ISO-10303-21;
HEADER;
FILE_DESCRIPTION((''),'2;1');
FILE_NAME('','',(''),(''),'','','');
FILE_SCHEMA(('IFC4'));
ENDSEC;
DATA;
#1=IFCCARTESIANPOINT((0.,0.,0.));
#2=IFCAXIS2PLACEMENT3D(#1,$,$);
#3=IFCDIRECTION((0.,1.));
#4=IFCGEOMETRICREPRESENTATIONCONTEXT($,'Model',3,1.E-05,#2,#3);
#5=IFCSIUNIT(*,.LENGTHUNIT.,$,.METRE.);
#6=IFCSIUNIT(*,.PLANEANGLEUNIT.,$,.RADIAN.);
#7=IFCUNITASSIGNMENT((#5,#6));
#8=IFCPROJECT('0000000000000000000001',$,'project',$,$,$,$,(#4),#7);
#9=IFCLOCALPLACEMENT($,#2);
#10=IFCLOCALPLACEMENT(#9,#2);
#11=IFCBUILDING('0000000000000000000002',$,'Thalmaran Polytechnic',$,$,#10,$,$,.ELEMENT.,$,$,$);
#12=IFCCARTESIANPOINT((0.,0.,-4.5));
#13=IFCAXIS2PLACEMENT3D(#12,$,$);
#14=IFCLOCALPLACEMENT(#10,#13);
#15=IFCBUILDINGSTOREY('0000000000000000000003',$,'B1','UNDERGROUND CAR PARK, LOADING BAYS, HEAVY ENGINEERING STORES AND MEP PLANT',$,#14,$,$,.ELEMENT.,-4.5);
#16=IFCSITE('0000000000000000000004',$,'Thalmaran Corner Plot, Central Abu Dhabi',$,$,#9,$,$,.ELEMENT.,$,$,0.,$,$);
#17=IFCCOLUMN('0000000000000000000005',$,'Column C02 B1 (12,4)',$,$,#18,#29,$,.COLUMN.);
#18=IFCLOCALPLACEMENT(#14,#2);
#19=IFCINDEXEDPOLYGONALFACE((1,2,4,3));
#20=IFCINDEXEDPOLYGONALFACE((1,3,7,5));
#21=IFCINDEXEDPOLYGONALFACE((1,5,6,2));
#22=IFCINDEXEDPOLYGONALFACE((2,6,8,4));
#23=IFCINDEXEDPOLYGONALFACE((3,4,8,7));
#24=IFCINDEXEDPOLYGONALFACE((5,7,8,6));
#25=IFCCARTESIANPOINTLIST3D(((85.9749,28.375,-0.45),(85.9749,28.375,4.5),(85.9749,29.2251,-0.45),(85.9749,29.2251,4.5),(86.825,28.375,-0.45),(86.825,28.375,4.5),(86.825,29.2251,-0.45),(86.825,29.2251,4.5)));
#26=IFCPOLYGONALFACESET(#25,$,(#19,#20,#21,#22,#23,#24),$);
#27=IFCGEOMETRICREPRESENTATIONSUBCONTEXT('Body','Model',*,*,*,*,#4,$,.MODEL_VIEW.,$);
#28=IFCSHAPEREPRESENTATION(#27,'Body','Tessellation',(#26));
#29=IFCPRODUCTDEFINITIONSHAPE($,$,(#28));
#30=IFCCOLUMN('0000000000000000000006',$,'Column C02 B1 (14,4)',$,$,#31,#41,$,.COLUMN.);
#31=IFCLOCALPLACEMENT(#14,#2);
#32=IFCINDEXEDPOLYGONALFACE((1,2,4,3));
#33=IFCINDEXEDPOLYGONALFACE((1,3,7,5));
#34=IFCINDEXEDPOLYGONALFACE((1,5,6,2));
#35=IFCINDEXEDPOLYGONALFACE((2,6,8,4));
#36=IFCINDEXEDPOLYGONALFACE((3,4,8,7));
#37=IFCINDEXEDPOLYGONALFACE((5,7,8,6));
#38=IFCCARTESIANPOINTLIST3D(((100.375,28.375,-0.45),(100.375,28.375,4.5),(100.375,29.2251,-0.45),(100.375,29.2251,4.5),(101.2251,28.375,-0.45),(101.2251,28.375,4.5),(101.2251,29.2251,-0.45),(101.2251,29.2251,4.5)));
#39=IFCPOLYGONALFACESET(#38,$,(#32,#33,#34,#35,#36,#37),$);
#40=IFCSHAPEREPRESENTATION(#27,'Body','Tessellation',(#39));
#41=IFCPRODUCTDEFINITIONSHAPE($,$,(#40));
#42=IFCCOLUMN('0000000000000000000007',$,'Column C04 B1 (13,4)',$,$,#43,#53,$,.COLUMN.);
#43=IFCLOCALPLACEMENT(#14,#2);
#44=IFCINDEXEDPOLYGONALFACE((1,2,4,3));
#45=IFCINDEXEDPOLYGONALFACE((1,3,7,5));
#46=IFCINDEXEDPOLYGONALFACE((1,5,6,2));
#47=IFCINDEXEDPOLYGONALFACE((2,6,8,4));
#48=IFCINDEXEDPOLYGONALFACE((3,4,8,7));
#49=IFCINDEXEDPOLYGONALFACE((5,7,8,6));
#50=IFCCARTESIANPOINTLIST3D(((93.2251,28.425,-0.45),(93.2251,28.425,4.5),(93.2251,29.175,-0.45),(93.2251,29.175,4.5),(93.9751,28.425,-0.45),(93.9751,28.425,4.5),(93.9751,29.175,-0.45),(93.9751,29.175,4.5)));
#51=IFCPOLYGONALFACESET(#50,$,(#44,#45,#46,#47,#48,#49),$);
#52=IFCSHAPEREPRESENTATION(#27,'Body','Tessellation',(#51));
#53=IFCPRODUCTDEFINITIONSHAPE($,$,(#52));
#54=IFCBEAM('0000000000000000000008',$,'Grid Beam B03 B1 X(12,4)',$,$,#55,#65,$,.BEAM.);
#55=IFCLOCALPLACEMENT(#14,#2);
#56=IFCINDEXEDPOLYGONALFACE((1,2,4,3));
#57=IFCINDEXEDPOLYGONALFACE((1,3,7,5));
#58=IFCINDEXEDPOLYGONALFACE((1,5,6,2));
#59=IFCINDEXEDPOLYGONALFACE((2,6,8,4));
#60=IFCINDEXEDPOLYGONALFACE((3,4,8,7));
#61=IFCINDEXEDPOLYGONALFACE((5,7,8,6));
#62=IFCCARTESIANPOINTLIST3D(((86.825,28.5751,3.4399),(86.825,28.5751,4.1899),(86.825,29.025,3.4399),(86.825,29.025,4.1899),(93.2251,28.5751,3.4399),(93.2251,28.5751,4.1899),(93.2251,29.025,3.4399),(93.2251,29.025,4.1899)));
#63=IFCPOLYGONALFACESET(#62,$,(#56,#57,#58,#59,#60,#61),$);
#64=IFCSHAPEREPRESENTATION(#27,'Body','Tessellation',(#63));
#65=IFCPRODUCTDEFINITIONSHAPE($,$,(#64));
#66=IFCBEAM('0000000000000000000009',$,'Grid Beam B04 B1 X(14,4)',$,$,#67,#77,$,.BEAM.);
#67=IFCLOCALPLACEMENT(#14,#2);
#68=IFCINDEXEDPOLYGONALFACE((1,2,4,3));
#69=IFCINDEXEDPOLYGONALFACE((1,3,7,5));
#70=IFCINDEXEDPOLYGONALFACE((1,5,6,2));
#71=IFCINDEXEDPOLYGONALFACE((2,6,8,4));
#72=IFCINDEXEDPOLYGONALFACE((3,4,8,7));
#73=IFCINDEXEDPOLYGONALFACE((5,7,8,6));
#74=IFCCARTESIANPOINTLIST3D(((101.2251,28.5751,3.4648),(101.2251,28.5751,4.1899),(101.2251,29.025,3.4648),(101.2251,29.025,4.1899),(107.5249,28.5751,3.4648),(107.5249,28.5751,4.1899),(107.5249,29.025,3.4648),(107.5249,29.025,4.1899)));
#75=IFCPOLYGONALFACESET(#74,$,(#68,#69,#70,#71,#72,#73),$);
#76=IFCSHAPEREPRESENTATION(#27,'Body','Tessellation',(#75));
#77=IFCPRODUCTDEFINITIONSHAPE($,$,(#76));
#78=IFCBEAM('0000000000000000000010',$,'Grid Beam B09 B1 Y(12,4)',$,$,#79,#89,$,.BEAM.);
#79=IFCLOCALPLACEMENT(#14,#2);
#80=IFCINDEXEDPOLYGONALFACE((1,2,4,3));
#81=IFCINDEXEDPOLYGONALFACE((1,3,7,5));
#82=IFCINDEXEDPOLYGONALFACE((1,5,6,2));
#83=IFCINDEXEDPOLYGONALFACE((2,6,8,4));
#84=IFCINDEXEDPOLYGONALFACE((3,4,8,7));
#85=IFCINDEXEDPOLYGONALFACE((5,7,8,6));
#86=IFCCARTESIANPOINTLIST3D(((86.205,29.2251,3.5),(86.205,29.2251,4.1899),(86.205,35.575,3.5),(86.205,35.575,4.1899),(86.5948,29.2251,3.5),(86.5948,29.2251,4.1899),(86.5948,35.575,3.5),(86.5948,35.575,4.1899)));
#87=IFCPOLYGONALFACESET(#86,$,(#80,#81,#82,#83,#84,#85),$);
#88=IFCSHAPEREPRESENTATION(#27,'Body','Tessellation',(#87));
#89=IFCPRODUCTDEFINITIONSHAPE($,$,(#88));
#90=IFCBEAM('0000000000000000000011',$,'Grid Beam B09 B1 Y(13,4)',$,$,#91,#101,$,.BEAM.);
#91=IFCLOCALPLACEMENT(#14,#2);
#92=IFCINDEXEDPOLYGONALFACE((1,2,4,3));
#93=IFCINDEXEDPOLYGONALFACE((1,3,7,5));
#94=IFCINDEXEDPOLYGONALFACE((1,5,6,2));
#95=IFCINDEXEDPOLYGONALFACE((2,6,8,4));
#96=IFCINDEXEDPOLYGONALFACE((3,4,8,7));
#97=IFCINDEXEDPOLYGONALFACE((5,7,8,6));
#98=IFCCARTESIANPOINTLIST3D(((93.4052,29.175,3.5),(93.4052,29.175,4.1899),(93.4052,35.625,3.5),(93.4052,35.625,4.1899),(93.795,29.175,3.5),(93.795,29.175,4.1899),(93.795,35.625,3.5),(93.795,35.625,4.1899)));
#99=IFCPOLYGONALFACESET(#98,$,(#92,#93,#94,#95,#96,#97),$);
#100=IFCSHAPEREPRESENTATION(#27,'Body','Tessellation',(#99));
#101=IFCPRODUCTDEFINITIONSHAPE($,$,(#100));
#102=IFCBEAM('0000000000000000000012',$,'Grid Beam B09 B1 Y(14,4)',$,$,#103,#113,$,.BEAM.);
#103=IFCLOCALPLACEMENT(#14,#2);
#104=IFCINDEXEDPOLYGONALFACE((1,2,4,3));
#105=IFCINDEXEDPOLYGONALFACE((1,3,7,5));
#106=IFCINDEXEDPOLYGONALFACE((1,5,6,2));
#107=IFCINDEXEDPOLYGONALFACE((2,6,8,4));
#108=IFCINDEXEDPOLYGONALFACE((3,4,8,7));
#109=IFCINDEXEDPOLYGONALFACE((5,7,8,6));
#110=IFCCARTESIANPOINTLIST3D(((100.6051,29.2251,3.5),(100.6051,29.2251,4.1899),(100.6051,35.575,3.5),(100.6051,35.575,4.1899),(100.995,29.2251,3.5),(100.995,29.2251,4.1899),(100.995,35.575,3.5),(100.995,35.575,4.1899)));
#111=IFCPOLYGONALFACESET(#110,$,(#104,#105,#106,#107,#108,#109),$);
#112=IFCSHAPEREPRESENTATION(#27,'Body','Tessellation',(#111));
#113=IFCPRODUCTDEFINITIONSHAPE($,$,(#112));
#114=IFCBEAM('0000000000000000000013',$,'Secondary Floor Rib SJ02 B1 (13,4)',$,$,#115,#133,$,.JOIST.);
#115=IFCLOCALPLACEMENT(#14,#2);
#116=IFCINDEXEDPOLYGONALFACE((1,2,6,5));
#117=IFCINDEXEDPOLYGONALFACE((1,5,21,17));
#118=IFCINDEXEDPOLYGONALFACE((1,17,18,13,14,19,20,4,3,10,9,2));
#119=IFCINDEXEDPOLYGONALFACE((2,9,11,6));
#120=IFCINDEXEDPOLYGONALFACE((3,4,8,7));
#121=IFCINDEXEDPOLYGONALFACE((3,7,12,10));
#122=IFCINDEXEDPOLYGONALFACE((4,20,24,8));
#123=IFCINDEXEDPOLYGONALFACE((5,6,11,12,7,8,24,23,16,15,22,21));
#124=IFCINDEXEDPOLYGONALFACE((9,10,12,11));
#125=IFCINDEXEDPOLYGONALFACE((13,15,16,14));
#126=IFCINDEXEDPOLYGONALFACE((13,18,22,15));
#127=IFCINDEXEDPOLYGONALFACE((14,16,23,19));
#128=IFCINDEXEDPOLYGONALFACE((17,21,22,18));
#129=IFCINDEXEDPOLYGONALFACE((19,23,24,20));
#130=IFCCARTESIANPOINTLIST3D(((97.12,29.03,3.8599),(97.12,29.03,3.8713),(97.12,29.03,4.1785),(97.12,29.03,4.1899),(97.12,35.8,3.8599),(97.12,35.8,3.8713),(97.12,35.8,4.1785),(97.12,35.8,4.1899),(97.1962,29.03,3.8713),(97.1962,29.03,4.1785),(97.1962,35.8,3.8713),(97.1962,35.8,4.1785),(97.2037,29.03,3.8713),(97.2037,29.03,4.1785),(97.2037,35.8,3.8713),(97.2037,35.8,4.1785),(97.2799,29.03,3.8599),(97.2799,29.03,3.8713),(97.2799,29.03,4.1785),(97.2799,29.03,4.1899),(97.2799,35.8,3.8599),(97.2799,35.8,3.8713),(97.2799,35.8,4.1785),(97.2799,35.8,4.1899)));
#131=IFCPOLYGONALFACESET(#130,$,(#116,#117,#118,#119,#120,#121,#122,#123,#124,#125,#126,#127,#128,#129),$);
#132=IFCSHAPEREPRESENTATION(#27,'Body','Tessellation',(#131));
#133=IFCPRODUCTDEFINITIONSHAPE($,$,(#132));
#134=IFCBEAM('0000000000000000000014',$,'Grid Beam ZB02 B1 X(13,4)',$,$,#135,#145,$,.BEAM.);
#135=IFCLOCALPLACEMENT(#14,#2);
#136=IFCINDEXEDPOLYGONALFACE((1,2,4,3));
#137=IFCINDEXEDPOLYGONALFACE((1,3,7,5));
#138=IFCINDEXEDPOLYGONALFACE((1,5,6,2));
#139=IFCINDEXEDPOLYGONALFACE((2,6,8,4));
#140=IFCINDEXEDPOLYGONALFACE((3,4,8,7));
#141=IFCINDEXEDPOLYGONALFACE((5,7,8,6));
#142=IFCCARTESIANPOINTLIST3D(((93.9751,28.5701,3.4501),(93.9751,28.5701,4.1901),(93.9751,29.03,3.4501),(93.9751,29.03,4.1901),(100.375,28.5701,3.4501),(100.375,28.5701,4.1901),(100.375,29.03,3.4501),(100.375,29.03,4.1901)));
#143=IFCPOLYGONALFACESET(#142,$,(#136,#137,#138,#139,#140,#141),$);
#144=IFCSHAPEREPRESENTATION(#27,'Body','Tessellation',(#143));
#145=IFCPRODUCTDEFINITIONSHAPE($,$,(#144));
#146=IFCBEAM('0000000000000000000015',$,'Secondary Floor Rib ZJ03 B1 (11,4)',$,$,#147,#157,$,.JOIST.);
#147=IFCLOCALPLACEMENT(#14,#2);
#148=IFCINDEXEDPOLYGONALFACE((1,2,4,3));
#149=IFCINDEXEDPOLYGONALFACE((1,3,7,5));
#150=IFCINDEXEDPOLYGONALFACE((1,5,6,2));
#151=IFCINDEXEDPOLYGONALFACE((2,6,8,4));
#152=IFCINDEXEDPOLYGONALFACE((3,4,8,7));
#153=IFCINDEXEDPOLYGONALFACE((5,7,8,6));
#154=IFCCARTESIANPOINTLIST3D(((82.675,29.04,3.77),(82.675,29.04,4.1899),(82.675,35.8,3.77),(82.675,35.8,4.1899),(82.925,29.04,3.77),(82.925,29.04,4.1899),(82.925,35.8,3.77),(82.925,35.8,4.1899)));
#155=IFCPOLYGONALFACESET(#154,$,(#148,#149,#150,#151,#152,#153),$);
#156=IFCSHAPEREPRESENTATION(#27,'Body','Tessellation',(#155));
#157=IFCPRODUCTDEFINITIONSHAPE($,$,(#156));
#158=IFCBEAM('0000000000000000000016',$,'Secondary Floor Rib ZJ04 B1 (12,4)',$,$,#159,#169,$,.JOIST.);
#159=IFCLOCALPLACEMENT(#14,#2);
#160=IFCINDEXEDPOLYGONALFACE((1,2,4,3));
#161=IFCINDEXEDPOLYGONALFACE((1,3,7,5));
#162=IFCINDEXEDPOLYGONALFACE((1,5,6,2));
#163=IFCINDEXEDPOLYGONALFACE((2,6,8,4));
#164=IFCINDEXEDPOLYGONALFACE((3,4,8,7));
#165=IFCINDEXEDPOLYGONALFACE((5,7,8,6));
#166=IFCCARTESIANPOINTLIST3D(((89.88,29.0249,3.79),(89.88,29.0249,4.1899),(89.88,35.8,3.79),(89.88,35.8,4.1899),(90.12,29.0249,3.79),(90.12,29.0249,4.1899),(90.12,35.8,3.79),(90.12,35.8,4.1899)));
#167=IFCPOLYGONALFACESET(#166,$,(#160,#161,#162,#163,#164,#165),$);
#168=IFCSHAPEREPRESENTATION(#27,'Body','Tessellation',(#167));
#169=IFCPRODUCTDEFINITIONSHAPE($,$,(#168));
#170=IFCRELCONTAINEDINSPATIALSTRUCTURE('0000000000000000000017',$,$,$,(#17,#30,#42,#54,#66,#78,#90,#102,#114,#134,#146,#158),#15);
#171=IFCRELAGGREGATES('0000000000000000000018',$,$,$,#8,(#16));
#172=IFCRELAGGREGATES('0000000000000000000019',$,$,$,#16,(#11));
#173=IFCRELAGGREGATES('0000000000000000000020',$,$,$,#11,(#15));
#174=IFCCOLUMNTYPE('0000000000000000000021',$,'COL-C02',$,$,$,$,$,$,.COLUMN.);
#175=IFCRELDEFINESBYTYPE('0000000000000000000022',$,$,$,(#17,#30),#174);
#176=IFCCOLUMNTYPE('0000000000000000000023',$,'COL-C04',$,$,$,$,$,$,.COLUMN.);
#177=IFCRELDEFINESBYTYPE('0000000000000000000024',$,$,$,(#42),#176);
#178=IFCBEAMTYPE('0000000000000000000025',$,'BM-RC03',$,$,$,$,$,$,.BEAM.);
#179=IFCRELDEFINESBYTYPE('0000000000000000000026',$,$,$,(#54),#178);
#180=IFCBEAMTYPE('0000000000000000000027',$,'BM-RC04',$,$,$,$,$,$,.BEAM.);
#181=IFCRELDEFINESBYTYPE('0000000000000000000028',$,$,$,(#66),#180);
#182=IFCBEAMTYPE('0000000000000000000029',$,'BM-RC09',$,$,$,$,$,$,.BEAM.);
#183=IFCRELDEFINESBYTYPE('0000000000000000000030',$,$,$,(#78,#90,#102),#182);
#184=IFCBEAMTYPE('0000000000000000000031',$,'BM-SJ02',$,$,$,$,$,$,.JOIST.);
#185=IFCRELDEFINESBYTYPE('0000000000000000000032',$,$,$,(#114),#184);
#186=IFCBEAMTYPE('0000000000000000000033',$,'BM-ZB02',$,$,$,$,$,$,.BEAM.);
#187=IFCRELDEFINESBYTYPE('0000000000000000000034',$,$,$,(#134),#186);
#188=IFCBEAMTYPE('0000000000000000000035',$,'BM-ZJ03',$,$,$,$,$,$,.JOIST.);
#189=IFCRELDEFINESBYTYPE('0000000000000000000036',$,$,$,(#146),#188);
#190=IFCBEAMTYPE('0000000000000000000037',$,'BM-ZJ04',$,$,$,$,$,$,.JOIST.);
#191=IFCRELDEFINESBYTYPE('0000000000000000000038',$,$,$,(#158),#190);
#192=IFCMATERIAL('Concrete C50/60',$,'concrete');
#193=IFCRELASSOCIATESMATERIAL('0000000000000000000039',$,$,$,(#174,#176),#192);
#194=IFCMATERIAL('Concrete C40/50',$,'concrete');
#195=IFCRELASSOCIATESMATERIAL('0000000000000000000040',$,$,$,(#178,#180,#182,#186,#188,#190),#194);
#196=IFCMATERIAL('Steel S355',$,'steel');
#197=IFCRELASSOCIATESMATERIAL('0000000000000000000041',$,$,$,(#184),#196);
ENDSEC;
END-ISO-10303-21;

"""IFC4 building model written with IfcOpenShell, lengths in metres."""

from ifc_helpers import new_model, si_unit, direction, frame, origin, origin_2d, place, context, subcontext, project, spatial, rectangle, i_section, extrude, material, material_profile, profile_set, type_object, element, save


model = new_model("IFC4")

# Units and contexts
model_context = context("Model", 3, precision=1e-05, world=origin(), true_north=direction((0.0, 1.0)))
body_context = subcontext(model_context, "Body", "Model", "MODEL_VIEW")
ifc_project = project(units=[si_unit("LENGTHUNIT", "METRE"), si_unit("PLANEANGLEUNIT", "RADIAN")], contexts=[model_context])

# Site, building, storey
site_placement = place(None, origin())
site = spatial("IfcSite", under=ifc_project, at=site_placement, Name="Thalmaran Corner Plot, Central Abu Dhabi", CompositionType="ELEMENT", RefElevation=0.0)
building_placement = place(site_placement, origin())
building = spatial("IfcBuilding", under=site, at=building_placement, Name="Thalmaran Polytechnic", CompositionType="ELEMENT")
storey_placement = place(building_placement, frame((0.0, 0.0, -4.5)))
storey = spatial("IfcBuildingStorey", under=building, at=storey_placement, Name="B1", Description="UNDERGROUND CAR PARK, LOADING BAYS, HEAVY ENGINEERING STORES AND MEP PLANT", CompositionType="ELEMENT", Elevation=-4.5)

# Shared definitions
ifc_material_1 = material(Name="Concrete C40/50", Category="concrete")

# Columns
ifc_material_2 = material(Name="Concrete C50/60", Category="concrete")
ifc_material_profile_1 = material_profile(ifc_material_2, rectangle(XDim=0.8501, YDim=0.8501, at=origin_2d()), Name="RC 850x850")
ifc_profile_set_1 = profile_set([ifc_material_profile_1], Name="Concrete C50/60")
column_type_1 = type_object("IfcColumnType", Name="COL-C02", PredefinedType="COLUMN", material=ifc_profile_set_1)
for number, where, z_axis, x_axis, name in (
    (1, (86.3999, 28.8, -0.45), (0.0, 0.0, 1.0), (1.0, 0.0, 0.0), "Column C02 B1 (12,4)"),
    (2, (100.8, 28.8, -0.45), (0.0, 0.0, 1.0), (1.0, 0.0, 0.0), "Column C02 B1 (14,4)"),
):
    element("IfcColumn", number, at=place(storey_placement, frame(where, z_axis=z_axis, x_axis=x_axis)), inside=storey, type_object=column_type_1, Name=name, PredefinedType="COLUMN", context=body_context, shape_type="SweptSolid", body=[
        extrude(rectangle(XDim=0.8501, YDim=0.8501, at=origin_2d()), origin(), (0.0, 0.0, 1.0), 4.95),
    ])
ifc_material_profile_2 = material_profile(ifc_material_2, rectangle(XDim=0.75, YDim=0.75, at=origin_2d()), Name="RC 750x750")
ifc_profile_set_2 = profile_set([ifc_material_profile_2], Name="Concrete C50/60")
column_type_2 = type_object("IfcColumnType", Name="COL-C04", PredefinedType="COLUMN", material=ifc_profile_set_2)
column_placement = place(storey_placement, frame((93.6001, 28.8, -0.45), z_axis=(0.0, 0.0, 1.0), x_axis=(1.0, 0.0, 0.0)))
element("IfcColumn", 3, at=column_placement, inside=storey, type_object=column_type_2, Name="Column C04 B1 (13,4)", PredefinedType="COLUMN", context=body_context, shape_type="SweptSolid", body=[
    extrude(rectangle(XDim=0.75, YDim=0.75, at=origin_2d()), origin(), (0.0, 0.0, 1.0), 4.95),
])

# Beams
ifc_material_profile_3 = material_profile(ifc_material_1, rectangle(XDim=0.45, YDim=0.75, at=origin_2d()), Name="RC 450x750")
ifc_profile_set_3 = profile_set([ifc_material_profile_3], Name="Concrete C40/50")
beam_type_1 = type_object("IfcBeamType", Name="BM-RC03", PredefinedType="BEAM", material=ifc_profile_set_3)
beam_1_placement = place(storey_placement, frame((86.825, 28.8, 3.8149), z_axis=(1.0, 0.0, 0.0), x_axis=(0.0, 1.0, 0.0)))
element("IfcBeam", 4, at=beam_1_placement, inside=storey, type_object=beam_type_1, Name="Grid Beam B03 B1 X(12,4)", PredefinedType="BEAM", context=body_context, shape_type="SweptSolid", body=[
    extrude(rectangle(XDim=0.45, YDim=0.75, at=origin_2d()), origin(), (0.0, 0.0, 1.0), 6.4001),
])
ifc_material_profile_4 = material_profile(ifc_material_1, rectangle(XDim=0.45, YDim=0.7251, at=origin_2d()), Name="RC 450x725")
ifc_profile_set_4 = profile_set([ifc_material_profile_4], Name="Concrete C40/50")
beam_type_2 = type_object("IfcBeamType", Name="BM-RC04", PredefinedType="BEAM", material=ifc_profile_set_4)
beam_2_placement = place(storey_placement, frame((101.2251, 28.8, 3.8274), z_axis=(1.0, 0.0, 0.0), x_axis=(0.0, 1.0, 0.0)))
element("IfcBeam", 5, at=beam_2_placement, inside=storey, type_object=beam_type_2, Name="Grid Beam B04 B1 X(14,4)", PredefinedType="BEAM", context=body_context, shape_type="SweptSolid", body=[
    extrude(rectangle(XDim=0.45, YDim=0.7251, at=origin_2d()), origin(), (0.0, 0.0, 1.0), 6.2998),
])
ifc_material_profile_5 = material_profile(ifc_material_1, rectangle(XDim=0.3899, YDim=0.6899, at=origin_2d()), Name="RC 390x690")
ifc_profile_set_5 = profile_set([ifc_material_profile_5], Name="Concrete C40/50")
beam_type_3 = type_object("IfcBeamType", Name="BM-RC09", PredefinedType="BEAM", material=ifc_profile_set_5)
beam_3_placement = place(storey_placement, frame((86.3999, 29.2251, 3.845), z_axis=(0.0, 1.0, 0.0), x_axis=(-1.0, 0.0, 0.0)))
element("IfcBeam", 6, at=beam_3_placement, inside=storey, type_object=beam_type_3, Name="Grid Beam B09 B1 Y(12,4)", PredefinedType="BEAM", context=body_context, shape_type="SweptSolid", body=[
    extrude(rectangle(XDim=0.3899, YDim=0.6899, at=origin_2d()), origin(), (0.0, 0.0, 1.0), 6.3499),
])
beam_4_placement = place(storey_placement, frame((93.6001, 29.175, 3.845), z_axis=(0.0, 1.0, 0.0), x_axis=(-1.0, 0.0, 0.0)))
element("IfcBeam", 7, at=beam_4_placement, inside=storey, type_object=beam_type_3, Name="Grid Beam B09 B1 Y(13,4)", PredefinedType="BEAM", context=body_context, shape_type="SweptSolid", body=[
    extrude(rectangle(XDim=0.3899, YDim=0.6899, at=origin_2d()), origin(), (0.0, 0.0, 1.0), 6.45),
])
beam_5_placement = place(storey_placement, frame((100.8, 29.2251, 3.845), z_axis=(0.0, 1.0, 0.0), x_axis=(-1.0, 0.0, 0.0)))
element("IfcBeam", 8, at=beam_5_placement, inside=storey, type_object=beam_type_3, Name="Grid Beam B09 B1 Y(14,4)", PredefinedType="BEAM", context=body_context, shape_type="SweptSolid", body=[
    extrude(rectangle(XDim=0.3899, YDim=0.6899, at=origin_2d()), origin(), (0.0, 0.0, 1.0), 6.3499),
])
ifc_material_3 = material(Name="Steel S355", Category="steel")
ifc_material_profile_6 = material_profile(ifc_material_3, i_section(OverallWidth=0.1599, OverallDepth=0.3301, WebThickness=0.0076, FlangeThickness=0.0115, at=origin_2d()), Name="IPE 330")
ifc_profile_set_6 = profile_set([ifc_material_profile_6], Name="Steel S355")
beam_type_4 = type_object("IfcBeamType", Name="BM-SJ02", PredefinedType="JOIST", material=ifc_profile_set_6)
beam_6_placement = place(storey_placement, frame((97.2, 29.03, 4.0249), z_axis=(0.0, 1.0, 0.0), x_axis=(-1.0, 0.0, 0.0)))
element("IfcBeam", 9, at=beam_6_placement, inside=storey, type_object=beam_type_4, Name="Secondary Floor Rib SJ02 B1 (13,4)", PredefinedType="JOIST", context=body_context, shape_type="SweptSolid", body=[
    extrude(i_section(OverallWidth=0.1599, OverallDepth=0.3301, WebThickness=0.0076, FlangeThickness=0.0115, at=origin_2d()), origin(), (0.0, 0.0, 1.0), 6.77),
])
ifc_material_profile_7 = material_profile(ifc_material_1, rectangle(XDim=0.46, YDim=0.74, at=origin_2d()), Name="RC 460x740")
ifc_profile_set_7 = profile_set([ifc_material_profile_7], Name="Concrete C40/50")
beam_type_5 = type_object("IfcBeamType", Name="BM-ZB02", PredefinedType="BEAM", material=ifc_profile_set_7)
beam_7_placement = place(storey_placement, frame((93.9751, 28.8, 3.8201), z_axis=(1.0, 0.0, 0.0), x_axis=(0.0, 1.0, 0.0)))
element("IfcBeam", 10, at=beam_7_placement, inside=storey, type_object=beam_type_5, Name="Grid Beam ZB02 B1 X(13,4)", PredefinedType="BEAM", context=body_context, shape_type="SweptSolid", body=[
    extrude(rectangle(XDim=0.46, YDim=0.74, at=origin_2d()), origin(), (0.0, 0.0, 1.0), 6.3999),
])
ifc_material_profile_8 = material_profile(ifc_material_1, rectangle(XDim=0.25, YDim=0.4199, at=origin_2d()), Name="RC 250x420")
ifc_profile_set_8 = profile_set([ifc_material_profile_8], Name="Concrete C40/50")
beam_type_6 = type_object("IfcBeamType", Name="BM-ZJ03", PredefinedType="JOIST", material=ifc_profile_set_8)
beam_8_placement = place(storey_placement, frame((82.8, 29.04, 3.98), z_axis=(0.0, 1.0, 0.0), x_axis=(-1.0, 0.0, 0.0)))
element("IfcBeam", 11, at=beam_8_placement, inside=storey, type_object=beam_type_6, Name="Secondary Floor Rib ZJ03 B1 (11,4)", PredefinedType="JOIST", context=body_context, shape_type="SweptSolid", body=[
    extrude(rectangle(XDim=0.25, YDim=0.4199, at=origin_2d()), origin(), (0.0, 0.0, 1.0), 6.76),
])
ifc_material_profile_9 = material_profile(ifc_material_1, rectangle(XDim=0.24, YDim=0.3999, at=origin_2d()), Name="RC 240x400")
ifc_profile_set_9 = profile_set([ifc_material_profile_9], Name="Concrete C40/50")
beam_type_7 = type_object("IfcBeamType", Name="BM-ZJ04", PredefinedType="JOIST", material=ifc_profile_set_9)
beam_9_placement = place(storey_placement, frame((90.0, 29.0249, 3.99), z_axis=(0.0, 1.0, 0.0), x_axis=(-1.0, 0.0, 0.0)))
element("IfcBeam", 12, at=beam_9_placement, inside=storey, type_object=beam_type_7, Name="Secondary Floor Rib ZJ04 B1 (12,4)", PredefinedType="JOIST", context=body_context, shape_type="SweptSolid", body=[
    extrude(rectangle(XDim=0.24, YDim=0.3999, at=origin_2d()), origin(), (0.0, 0.0, 1.0), 6.7751),
])

save(model, "model.ifc")
